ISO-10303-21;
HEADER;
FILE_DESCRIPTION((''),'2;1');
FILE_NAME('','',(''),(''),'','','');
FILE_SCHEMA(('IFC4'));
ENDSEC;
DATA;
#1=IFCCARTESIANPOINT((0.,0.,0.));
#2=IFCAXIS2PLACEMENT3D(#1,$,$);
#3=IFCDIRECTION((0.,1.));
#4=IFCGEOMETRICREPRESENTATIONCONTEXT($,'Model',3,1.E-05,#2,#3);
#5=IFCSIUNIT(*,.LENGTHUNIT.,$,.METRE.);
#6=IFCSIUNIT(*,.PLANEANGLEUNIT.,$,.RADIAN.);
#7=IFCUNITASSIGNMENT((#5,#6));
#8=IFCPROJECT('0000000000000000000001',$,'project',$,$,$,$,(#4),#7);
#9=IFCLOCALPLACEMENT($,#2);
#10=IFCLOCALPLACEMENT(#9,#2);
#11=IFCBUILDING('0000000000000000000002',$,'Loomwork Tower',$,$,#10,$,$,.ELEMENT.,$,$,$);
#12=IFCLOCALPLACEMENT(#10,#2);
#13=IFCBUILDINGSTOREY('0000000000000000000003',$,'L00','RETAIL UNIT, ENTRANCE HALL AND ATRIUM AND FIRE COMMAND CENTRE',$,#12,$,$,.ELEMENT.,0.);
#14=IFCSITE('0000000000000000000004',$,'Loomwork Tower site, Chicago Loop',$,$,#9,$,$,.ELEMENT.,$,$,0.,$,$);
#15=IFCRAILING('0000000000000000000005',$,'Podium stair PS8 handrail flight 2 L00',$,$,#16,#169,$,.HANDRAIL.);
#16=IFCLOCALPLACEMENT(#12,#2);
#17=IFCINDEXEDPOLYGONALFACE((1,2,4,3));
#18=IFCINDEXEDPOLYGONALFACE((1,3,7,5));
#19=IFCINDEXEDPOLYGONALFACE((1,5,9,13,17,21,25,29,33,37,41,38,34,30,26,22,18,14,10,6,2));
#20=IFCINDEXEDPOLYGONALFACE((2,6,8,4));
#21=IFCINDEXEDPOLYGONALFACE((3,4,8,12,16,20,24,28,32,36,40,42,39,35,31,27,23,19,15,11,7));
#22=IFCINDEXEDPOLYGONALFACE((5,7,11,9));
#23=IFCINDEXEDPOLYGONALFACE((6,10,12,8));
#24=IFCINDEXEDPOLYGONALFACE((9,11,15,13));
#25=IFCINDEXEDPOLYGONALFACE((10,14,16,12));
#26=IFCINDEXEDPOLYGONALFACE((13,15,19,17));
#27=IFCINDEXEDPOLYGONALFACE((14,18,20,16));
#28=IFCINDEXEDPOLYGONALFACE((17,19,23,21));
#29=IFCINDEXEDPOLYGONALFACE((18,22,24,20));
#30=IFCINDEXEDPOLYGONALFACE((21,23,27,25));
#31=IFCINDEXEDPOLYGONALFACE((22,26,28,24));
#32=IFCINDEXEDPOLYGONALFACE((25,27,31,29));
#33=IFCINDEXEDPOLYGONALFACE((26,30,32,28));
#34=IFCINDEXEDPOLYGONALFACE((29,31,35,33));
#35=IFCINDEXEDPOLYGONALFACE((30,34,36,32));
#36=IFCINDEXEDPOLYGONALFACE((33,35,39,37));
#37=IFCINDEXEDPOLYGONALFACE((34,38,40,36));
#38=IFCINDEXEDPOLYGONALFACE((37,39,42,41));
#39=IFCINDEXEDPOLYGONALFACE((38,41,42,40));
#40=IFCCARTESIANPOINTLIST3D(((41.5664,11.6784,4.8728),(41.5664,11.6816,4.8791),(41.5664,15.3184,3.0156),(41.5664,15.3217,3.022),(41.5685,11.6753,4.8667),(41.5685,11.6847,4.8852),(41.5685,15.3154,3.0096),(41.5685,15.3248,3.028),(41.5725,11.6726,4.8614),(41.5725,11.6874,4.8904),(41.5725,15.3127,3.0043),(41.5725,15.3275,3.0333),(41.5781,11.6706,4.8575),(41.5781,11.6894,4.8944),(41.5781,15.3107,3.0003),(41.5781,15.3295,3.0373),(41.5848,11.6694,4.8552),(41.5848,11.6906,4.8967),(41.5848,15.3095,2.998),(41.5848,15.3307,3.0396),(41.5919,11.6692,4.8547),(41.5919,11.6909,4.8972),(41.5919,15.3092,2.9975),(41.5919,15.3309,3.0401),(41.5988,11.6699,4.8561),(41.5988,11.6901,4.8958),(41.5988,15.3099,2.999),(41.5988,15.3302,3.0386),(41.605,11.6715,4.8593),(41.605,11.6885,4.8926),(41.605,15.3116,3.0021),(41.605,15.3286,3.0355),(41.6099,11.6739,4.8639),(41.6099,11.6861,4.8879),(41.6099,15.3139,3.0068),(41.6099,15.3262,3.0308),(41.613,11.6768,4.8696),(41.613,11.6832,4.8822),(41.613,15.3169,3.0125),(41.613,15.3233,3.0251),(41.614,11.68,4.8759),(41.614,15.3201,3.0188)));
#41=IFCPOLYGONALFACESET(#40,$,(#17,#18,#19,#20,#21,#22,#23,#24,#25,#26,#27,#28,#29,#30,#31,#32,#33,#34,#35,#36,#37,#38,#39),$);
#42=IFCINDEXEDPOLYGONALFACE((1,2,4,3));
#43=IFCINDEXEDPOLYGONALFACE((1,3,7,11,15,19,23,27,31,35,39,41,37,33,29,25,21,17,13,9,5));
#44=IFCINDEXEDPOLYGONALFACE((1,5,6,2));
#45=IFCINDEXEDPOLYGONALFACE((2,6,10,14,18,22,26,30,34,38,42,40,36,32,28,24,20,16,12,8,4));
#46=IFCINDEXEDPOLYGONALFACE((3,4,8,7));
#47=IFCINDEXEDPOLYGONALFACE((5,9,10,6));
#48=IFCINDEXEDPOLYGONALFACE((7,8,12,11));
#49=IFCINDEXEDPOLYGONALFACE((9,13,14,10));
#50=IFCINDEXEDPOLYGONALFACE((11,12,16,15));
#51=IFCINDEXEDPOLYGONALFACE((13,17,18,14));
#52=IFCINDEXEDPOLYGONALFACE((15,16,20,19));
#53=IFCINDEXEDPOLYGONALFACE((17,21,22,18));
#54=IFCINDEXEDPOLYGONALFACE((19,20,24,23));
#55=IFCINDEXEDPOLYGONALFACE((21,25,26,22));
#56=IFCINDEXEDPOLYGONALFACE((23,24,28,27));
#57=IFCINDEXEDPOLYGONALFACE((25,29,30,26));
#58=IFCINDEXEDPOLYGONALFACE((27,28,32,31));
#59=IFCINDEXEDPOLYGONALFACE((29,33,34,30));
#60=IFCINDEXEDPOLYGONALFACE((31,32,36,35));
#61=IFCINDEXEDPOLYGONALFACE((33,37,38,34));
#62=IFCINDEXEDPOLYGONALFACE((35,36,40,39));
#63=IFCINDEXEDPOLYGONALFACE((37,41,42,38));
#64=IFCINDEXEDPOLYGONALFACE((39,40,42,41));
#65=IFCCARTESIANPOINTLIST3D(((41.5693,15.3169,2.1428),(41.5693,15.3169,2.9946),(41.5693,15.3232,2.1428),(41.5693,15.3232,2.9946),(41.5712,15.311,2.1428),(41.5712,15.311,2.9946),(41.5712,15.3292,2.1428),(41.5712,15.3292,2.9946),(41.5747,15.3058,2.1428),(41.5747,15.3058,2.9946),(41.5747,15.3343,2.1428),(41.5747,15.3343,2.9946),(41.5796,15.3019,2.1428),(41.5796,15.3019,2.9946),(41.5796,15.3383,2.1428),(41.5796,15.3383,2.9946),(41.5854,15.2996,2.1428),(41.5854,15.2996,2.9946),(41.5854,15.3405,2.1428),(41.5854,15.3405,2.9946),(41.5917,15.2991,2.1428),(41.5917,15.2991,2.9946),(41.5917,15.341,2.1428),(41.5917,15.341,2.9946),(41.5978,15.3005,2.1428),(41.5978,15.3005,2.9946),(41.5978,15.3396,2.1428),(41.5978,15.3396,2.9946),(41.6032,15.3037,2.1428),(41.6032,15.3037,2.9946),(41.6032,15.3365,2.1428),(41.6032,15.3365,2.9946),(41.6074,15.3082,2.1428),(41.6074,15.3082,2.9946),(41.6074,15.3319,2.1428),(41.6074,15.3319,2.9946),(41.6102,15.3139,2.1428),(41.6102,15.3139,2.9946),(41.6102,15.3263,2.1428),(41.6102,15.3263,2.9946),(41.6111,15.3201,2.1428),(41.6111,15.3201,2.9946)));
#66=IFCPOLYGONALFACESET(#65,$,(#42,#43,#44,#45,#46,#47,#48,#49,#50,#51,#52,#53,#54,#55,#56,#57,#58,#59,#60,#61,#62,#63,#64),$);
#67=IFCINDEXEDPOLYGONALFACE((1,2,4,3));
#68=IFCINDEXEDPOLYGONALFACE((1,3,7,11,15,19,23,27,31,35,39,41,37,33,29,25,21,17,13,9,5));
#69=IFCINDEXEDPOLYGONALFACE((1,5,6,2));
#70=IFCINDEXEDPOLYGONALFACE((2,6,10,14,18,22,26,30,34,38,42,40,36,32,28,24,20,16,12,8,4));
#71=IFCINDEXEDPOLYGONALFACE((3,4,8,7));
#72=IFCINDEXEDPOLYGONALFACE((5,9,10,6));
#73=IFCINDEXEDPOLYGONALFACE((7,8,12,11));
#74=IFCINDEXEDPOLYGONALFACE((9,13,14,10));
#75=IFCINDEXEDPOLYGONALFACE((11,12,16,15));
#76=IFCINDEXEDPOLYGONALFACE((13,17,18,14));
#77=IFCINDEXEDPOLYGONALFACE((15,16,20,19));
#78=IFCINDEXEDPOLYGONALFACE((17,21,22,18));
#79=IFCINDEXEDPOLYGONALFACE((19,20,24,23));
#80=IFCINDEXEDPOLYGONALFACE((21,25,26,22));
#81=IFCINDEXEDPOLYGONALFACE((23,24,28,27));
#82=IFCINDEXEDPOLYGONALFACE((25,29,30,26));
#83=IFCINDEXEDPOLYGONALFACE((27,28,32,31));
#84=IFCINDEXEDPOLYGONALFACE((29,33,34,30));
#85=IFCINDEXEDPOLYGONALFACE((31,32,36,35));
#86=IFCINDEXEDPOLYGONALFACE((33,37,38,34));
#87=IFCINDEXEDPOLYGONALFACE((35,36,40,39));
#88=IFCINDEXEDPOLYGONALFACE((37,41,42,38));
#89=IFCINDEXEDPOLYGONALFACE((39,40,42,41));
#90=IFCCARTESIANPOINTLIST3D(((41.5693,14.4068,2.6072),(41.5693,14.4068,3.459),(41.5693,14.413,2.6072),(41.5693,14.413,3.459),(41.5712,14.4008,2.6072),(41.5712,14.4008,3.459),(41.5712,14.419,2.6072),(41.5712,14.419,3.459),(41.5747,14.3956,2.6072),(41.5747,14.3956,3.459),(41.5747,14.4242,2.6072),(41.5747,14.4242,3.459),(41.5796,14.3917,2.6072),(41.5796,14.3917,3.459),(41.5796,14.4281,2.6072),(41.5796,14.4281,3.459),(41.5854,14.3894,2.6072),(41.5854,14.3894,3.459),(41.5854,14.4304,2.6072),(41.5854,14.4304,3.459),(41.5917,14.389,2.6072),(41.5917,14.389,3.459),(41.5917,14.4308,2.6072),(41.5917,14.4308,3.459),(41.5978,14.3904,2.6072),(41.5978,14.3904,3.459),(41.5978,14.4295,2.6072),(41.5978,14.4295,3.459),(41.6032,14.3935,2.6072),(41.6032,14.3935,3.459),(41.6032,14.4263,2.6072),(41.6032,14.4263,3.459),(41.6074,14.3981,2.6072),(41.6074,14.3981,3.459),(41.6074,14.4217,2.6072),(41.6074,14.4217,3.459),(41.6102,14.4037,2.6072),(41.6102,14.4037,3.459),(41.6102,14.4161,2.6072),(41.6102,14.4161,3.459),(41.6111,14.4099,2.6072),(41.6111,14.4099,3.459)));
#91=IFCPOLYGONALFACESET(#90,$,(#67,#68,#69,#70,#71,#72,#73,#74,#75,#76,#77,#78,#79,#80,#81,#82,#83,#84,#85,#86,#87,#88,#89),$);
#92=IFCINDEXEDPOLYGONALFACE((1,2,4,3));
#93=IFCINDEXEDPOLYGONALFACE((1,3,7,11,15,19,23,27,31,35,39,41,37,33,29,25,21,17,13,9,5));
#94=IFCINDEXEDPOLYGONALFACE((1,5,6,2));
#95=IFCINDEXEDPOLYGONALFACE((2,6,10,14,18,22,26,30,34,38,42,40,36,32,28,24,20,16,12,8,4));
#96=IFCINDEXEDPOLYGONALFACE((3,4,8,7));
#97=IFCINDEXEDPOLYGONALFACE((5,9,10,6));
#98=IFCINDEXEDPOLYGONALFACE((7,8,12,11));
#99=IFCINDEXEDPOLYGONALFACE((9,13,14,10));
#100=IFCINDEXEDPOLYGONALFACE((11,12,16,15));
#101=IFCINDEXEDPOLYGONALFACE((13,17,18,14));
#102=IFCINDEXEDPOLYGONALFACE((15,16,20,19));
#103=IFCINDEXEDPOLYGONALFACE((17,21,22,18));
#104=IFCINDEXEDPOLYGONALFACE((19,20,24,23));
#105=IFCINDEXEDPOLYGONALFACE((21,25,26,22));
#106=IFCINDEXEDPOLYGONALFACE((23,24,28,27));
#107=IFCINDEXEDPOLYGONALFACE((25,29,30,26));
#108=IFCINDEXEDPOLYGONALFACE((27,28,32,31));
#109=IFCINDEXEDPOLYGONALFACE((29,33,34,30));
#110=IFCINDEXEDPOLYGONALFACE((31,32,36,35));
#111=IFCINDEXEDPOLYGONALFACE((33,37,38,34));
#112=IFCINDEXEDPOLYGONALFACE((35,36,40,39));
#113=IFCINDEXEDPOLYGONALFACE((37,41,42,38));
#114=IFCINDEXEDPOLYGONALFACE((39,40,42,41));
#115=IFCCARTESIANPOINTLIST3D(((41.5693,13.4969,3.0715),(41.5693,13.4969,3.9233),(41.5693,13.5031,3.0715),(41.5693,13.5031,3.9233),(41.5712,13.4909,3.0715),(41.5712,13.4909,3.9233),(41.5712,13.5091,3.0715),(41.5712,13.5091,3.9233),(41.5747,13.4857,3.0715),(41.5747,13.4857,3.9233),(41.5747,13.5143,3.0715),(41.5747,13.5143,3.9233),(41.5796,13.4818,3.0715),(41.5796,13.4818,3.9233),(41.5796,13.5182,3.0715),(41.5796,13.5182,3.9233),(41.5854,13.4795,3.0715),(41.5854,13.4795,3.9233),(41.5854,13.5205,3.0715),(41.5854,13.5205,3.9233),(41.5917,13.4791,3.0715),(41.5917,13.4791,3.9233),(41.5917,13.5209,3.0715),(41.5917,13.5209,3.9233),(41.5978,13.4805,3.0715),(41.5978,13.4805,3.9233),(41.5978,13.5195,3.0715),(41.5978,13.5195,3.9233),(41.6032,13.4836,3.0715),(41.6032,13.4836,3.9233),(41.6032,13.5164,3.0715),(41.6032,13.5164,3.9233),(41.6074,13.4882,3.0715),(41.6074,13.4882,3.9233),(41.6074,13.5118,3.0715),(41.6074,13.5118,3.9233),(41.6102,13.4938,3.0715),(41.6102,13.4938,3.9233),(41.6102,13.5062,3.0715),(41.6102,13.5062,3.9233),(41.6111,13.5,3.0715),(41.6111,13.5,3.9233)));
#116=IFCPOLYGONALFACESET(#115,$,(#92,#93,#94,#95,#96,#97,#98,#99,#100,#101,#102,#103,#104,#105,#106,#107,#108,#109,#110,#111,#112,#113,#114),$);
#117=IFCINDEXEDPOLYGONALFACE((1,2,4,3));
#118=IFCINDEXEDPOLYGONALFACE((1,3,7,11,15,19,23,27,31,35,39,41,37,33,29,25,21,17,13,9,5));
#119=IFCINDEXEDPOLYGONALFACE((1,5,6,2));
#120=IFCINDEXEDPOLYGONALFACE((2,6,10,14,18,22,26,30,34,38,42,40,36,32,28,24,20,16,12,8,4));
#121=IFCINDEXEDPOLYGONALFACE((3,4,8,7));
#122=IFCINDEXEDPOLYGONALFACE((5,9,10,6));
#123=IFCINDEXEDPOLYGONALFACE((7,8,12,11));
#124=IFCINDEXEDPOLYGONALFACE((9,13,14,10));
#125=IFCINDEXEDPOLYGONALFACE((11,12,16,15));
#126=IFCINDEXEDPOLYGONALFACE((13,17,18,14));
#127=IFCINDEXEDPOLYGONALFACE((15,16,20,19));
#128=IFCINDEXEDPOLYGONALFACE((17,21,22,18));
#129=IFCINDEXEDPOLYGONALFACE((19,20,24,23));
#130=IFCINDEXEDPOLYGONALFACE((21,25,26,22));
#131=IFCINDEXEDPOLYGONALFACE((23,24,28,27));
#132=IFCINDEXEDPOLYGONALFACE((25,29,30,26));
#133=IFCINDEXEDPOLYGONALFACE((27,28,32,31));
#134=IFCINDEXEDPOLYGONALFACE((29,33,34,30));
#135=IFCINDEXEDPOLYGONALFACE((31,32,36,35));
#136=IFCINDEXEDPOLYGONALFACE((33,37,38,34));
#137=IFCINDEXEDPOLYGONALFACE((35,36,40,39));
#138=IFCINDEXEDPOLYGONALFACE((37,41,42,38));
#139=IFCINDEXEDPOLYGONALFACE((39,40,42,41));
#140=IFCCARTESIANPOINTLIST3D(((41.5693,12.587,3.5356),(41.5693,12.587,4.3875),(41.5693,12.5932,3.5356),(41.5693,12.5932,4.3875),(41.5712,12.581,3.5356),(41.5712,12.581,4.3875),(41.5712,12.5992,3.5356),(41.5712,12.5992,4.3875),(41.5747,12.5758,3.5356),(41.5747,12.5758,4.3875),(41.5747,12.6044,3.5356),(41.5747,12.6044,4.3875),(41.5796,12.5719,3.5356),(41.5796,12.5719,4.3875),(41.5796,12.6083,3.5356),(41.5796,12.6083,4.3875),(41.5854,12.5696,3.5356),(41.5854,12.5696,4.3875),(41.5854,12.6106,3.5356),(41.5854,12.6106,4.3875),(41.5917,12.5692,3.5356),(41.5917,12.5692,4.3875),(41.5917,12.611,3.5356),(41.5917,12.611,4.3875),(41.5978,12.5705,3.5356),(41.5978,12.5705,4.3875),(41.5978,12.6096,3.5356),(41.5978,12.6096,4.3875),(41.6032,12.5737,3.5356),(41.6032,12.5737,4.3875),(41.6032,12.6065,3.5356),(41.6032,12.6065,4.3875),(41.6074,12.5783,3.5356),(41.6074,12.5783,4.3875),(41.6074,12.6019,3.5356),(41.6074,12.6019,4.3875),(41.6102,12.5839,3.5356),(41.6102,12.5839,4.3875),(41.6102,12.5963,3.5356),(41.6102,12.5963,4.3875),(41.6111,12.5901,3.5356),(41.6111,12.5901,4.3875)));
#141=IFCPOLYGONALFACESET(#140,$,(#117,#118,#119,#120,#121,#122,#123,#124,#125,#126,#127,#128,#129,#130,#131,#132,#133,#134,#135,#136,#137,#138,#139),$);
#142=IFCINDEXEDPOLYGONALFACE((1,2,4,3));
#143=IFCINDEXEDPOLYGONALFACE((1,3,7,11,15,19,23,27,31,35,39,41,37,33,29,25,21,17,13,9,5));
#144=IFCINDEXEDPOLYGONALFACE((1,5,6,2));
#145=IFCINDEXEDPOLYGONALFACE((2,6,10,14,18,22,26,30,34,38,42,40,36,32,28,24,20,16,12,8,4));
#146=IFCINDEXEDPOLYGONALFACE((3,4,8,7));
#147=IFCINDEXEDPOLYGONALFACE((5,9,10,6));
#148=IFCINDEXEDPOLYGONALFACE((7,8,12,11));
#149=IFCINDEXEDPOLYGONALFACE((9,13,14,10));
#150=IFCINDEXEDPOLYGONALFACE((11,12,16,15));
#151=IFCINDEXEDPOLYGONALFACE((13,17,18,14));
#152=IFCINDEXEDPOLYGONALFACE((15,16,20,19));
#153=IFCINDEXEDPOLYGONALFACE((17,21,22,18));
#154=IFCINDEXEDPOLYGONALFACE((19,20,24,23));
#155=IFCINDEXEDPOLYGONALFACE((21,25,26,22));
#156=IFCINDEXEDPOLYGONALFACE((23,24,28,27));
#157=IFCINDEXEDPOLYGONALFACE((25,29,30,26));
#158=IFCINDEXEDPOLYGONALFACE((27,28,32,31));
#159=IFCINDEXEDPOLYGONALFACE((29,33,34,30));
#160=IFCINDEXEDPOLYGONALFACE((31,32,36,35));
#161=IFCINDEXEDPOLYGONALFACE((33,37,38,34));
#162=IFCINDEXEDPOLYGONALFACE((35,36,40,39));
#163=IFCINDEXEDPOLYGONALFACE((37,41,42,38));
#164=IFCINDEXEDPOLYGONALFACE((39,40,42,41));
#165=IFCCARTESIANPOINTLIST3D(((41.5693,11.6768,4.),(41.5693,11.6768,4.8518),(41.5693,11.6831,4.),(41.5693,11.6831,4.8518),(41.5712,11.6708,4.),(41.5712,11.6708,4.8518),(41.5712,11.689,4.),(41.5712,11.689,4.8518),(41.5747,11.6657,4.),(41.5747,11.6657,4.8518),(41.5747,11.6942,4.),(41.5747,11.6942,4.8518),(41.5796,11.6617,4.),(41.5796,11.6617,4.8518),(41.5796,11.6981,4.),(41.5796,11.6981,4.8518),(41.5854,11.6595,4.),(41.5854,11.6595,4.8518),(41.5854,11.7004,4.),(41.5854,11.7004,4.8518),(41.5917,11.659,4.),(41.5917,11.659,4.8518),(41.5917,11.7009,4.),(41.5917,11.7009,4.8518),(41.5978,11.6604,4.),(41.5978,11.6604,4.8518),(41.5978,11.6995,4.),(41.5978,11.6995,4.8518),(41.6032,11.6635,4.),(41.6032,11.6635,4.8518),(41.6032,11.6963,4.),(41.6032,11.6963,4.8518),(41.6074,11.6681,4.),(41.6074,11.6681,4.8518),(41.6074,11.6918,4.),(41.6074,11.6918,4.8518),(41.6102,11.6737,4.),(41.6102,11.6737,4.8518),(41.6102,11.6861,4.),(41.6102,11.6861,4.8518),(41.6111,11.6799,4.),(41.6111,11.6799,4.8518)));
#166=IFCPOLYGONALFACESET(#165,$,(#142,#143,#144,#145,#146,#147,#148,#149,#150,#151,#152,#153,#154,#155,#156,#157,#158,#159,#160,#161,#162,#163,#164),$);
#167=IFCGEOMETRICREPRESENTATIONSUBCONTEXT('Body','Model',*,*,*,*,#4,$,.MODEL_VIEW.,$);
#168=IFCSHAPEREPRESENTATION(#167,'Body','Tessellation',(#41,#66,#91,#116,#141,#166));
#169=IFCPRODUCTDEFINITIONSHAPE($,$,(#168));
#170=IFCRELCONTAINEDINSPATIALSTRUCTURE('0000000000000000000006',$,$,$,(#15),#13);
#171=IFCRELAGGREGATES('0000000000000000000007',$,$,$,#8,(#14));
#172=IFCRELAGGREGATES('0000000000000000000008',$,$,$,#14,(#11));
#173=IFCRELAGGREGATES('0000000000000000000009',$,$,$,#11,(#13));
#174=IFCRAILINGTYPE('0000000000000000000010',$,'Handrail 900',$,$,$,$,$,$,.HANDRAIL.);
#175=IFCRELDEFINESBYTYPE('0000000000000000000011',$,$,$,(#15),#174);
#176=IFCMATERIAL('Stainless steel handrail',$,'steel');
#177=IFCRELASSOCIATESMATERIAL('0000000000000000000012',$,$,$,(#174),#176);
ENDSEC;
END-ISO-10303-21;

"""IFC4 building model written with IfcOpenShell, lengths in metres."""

from ifc_helpers import new_model, si_unit, direction, frame, origin, origin_2d, place, context, subcontext, project, spatial, circle, extrude, material, type_object, element, save


model = new_model("IFC4")

# Units and contexts
model_context = context("Model", 3, precision=1e-05, world=origin(), true_north=direction((0.0, 1.0)))
body_context = subcontext(model_context, "Body", "Model", "MODEL_VIEW")
ifc_project = project(units=[si_unit("LENGTHUNIT", "METRE"), si_unit("PLANEANGLEUNIT", "RADIAN")], contexts=[model_context])

# Site, building, storey
site_placement = place(None, origin())
site = spatial("IfcSite", under=ifc_project, at=site_placement, Name="Loomwork Tower site, Chicago Loop", CompositionType="ELEMENT", RefElevation=0.0)
building_placement = place(site_placement, origin())
building = spatial("IfcBuilding", under=site, at=building_placement, Name="Loomwork Tower", CompositionType="ELEMENT")
storey_placement = place(building_placement, origin())
storey = spatial("IfcBuildingStorey", under=building, at=storey_placement, Name="L00", Description="RETAIL UNIT, ENTRANCE HALL AND ATRIUM AND FIRE COMMAND CENTRE", CompositionType="ELEMENT", Elevation=0.0)

# Railing
ifc_material_1 = material(Name="Stainless steel handrail", Category="steel")
railing_type = type_object("IfcRailingType", Name="Handrail 900", PredefinedType="HANDRAIL", material=ifc_material_1)
railing_1_placement = place(storey_placement, frame((41.5901, 15.3201, 2.1428)))
element("IfcRailing", 1, at=railing_1_placement, inside=storey, type_object=railing_type, Name="Podium stair PS8 handrail flight 2 L00", PredefinedType="HANDRAIL", context=body_context, shape_type="SweptSolid", body=[
    extrude(circle(Radius=0.0239, at=origin_2d()), frame((0.0, 0.0, 0.876), z_axis=(0.0, -0.890765, 0.454464), x_axis=(1.0, 0.0, 0.0)), (0.0, 0.0, 1.0), 4.0864),
    extrude(circle(Radius=0.021, at=origin_2d()), origin(), (0.0, 0.0, 1.0), 0.8518),
    extrude(circle(Radius=0.021, at=origin_2d()), frame((0.0, -0.9102, 0.4644)), (0.0, 0.0, 1.0), 0.8518),
    extrude(circle(Radius=0.021, at=origin_2d()), frame((0.0, -1.8201, 0.9287)), (0.0, 0.0, 1.0), 0.8518),
    extrude(circle(Radius=0.021, at=origin_2d()), frame((0.0, -2.73, 1.3928)), (0.0, 0.0, 1.0), 0.8518),
    extrude(circle(Radius=0.021, at=origin_2d()), frame((0.0, -3.6401, 1.8572)), (0.0, 0.0, 1.0), 0.8518),
])

save(model, "model.ifc")
